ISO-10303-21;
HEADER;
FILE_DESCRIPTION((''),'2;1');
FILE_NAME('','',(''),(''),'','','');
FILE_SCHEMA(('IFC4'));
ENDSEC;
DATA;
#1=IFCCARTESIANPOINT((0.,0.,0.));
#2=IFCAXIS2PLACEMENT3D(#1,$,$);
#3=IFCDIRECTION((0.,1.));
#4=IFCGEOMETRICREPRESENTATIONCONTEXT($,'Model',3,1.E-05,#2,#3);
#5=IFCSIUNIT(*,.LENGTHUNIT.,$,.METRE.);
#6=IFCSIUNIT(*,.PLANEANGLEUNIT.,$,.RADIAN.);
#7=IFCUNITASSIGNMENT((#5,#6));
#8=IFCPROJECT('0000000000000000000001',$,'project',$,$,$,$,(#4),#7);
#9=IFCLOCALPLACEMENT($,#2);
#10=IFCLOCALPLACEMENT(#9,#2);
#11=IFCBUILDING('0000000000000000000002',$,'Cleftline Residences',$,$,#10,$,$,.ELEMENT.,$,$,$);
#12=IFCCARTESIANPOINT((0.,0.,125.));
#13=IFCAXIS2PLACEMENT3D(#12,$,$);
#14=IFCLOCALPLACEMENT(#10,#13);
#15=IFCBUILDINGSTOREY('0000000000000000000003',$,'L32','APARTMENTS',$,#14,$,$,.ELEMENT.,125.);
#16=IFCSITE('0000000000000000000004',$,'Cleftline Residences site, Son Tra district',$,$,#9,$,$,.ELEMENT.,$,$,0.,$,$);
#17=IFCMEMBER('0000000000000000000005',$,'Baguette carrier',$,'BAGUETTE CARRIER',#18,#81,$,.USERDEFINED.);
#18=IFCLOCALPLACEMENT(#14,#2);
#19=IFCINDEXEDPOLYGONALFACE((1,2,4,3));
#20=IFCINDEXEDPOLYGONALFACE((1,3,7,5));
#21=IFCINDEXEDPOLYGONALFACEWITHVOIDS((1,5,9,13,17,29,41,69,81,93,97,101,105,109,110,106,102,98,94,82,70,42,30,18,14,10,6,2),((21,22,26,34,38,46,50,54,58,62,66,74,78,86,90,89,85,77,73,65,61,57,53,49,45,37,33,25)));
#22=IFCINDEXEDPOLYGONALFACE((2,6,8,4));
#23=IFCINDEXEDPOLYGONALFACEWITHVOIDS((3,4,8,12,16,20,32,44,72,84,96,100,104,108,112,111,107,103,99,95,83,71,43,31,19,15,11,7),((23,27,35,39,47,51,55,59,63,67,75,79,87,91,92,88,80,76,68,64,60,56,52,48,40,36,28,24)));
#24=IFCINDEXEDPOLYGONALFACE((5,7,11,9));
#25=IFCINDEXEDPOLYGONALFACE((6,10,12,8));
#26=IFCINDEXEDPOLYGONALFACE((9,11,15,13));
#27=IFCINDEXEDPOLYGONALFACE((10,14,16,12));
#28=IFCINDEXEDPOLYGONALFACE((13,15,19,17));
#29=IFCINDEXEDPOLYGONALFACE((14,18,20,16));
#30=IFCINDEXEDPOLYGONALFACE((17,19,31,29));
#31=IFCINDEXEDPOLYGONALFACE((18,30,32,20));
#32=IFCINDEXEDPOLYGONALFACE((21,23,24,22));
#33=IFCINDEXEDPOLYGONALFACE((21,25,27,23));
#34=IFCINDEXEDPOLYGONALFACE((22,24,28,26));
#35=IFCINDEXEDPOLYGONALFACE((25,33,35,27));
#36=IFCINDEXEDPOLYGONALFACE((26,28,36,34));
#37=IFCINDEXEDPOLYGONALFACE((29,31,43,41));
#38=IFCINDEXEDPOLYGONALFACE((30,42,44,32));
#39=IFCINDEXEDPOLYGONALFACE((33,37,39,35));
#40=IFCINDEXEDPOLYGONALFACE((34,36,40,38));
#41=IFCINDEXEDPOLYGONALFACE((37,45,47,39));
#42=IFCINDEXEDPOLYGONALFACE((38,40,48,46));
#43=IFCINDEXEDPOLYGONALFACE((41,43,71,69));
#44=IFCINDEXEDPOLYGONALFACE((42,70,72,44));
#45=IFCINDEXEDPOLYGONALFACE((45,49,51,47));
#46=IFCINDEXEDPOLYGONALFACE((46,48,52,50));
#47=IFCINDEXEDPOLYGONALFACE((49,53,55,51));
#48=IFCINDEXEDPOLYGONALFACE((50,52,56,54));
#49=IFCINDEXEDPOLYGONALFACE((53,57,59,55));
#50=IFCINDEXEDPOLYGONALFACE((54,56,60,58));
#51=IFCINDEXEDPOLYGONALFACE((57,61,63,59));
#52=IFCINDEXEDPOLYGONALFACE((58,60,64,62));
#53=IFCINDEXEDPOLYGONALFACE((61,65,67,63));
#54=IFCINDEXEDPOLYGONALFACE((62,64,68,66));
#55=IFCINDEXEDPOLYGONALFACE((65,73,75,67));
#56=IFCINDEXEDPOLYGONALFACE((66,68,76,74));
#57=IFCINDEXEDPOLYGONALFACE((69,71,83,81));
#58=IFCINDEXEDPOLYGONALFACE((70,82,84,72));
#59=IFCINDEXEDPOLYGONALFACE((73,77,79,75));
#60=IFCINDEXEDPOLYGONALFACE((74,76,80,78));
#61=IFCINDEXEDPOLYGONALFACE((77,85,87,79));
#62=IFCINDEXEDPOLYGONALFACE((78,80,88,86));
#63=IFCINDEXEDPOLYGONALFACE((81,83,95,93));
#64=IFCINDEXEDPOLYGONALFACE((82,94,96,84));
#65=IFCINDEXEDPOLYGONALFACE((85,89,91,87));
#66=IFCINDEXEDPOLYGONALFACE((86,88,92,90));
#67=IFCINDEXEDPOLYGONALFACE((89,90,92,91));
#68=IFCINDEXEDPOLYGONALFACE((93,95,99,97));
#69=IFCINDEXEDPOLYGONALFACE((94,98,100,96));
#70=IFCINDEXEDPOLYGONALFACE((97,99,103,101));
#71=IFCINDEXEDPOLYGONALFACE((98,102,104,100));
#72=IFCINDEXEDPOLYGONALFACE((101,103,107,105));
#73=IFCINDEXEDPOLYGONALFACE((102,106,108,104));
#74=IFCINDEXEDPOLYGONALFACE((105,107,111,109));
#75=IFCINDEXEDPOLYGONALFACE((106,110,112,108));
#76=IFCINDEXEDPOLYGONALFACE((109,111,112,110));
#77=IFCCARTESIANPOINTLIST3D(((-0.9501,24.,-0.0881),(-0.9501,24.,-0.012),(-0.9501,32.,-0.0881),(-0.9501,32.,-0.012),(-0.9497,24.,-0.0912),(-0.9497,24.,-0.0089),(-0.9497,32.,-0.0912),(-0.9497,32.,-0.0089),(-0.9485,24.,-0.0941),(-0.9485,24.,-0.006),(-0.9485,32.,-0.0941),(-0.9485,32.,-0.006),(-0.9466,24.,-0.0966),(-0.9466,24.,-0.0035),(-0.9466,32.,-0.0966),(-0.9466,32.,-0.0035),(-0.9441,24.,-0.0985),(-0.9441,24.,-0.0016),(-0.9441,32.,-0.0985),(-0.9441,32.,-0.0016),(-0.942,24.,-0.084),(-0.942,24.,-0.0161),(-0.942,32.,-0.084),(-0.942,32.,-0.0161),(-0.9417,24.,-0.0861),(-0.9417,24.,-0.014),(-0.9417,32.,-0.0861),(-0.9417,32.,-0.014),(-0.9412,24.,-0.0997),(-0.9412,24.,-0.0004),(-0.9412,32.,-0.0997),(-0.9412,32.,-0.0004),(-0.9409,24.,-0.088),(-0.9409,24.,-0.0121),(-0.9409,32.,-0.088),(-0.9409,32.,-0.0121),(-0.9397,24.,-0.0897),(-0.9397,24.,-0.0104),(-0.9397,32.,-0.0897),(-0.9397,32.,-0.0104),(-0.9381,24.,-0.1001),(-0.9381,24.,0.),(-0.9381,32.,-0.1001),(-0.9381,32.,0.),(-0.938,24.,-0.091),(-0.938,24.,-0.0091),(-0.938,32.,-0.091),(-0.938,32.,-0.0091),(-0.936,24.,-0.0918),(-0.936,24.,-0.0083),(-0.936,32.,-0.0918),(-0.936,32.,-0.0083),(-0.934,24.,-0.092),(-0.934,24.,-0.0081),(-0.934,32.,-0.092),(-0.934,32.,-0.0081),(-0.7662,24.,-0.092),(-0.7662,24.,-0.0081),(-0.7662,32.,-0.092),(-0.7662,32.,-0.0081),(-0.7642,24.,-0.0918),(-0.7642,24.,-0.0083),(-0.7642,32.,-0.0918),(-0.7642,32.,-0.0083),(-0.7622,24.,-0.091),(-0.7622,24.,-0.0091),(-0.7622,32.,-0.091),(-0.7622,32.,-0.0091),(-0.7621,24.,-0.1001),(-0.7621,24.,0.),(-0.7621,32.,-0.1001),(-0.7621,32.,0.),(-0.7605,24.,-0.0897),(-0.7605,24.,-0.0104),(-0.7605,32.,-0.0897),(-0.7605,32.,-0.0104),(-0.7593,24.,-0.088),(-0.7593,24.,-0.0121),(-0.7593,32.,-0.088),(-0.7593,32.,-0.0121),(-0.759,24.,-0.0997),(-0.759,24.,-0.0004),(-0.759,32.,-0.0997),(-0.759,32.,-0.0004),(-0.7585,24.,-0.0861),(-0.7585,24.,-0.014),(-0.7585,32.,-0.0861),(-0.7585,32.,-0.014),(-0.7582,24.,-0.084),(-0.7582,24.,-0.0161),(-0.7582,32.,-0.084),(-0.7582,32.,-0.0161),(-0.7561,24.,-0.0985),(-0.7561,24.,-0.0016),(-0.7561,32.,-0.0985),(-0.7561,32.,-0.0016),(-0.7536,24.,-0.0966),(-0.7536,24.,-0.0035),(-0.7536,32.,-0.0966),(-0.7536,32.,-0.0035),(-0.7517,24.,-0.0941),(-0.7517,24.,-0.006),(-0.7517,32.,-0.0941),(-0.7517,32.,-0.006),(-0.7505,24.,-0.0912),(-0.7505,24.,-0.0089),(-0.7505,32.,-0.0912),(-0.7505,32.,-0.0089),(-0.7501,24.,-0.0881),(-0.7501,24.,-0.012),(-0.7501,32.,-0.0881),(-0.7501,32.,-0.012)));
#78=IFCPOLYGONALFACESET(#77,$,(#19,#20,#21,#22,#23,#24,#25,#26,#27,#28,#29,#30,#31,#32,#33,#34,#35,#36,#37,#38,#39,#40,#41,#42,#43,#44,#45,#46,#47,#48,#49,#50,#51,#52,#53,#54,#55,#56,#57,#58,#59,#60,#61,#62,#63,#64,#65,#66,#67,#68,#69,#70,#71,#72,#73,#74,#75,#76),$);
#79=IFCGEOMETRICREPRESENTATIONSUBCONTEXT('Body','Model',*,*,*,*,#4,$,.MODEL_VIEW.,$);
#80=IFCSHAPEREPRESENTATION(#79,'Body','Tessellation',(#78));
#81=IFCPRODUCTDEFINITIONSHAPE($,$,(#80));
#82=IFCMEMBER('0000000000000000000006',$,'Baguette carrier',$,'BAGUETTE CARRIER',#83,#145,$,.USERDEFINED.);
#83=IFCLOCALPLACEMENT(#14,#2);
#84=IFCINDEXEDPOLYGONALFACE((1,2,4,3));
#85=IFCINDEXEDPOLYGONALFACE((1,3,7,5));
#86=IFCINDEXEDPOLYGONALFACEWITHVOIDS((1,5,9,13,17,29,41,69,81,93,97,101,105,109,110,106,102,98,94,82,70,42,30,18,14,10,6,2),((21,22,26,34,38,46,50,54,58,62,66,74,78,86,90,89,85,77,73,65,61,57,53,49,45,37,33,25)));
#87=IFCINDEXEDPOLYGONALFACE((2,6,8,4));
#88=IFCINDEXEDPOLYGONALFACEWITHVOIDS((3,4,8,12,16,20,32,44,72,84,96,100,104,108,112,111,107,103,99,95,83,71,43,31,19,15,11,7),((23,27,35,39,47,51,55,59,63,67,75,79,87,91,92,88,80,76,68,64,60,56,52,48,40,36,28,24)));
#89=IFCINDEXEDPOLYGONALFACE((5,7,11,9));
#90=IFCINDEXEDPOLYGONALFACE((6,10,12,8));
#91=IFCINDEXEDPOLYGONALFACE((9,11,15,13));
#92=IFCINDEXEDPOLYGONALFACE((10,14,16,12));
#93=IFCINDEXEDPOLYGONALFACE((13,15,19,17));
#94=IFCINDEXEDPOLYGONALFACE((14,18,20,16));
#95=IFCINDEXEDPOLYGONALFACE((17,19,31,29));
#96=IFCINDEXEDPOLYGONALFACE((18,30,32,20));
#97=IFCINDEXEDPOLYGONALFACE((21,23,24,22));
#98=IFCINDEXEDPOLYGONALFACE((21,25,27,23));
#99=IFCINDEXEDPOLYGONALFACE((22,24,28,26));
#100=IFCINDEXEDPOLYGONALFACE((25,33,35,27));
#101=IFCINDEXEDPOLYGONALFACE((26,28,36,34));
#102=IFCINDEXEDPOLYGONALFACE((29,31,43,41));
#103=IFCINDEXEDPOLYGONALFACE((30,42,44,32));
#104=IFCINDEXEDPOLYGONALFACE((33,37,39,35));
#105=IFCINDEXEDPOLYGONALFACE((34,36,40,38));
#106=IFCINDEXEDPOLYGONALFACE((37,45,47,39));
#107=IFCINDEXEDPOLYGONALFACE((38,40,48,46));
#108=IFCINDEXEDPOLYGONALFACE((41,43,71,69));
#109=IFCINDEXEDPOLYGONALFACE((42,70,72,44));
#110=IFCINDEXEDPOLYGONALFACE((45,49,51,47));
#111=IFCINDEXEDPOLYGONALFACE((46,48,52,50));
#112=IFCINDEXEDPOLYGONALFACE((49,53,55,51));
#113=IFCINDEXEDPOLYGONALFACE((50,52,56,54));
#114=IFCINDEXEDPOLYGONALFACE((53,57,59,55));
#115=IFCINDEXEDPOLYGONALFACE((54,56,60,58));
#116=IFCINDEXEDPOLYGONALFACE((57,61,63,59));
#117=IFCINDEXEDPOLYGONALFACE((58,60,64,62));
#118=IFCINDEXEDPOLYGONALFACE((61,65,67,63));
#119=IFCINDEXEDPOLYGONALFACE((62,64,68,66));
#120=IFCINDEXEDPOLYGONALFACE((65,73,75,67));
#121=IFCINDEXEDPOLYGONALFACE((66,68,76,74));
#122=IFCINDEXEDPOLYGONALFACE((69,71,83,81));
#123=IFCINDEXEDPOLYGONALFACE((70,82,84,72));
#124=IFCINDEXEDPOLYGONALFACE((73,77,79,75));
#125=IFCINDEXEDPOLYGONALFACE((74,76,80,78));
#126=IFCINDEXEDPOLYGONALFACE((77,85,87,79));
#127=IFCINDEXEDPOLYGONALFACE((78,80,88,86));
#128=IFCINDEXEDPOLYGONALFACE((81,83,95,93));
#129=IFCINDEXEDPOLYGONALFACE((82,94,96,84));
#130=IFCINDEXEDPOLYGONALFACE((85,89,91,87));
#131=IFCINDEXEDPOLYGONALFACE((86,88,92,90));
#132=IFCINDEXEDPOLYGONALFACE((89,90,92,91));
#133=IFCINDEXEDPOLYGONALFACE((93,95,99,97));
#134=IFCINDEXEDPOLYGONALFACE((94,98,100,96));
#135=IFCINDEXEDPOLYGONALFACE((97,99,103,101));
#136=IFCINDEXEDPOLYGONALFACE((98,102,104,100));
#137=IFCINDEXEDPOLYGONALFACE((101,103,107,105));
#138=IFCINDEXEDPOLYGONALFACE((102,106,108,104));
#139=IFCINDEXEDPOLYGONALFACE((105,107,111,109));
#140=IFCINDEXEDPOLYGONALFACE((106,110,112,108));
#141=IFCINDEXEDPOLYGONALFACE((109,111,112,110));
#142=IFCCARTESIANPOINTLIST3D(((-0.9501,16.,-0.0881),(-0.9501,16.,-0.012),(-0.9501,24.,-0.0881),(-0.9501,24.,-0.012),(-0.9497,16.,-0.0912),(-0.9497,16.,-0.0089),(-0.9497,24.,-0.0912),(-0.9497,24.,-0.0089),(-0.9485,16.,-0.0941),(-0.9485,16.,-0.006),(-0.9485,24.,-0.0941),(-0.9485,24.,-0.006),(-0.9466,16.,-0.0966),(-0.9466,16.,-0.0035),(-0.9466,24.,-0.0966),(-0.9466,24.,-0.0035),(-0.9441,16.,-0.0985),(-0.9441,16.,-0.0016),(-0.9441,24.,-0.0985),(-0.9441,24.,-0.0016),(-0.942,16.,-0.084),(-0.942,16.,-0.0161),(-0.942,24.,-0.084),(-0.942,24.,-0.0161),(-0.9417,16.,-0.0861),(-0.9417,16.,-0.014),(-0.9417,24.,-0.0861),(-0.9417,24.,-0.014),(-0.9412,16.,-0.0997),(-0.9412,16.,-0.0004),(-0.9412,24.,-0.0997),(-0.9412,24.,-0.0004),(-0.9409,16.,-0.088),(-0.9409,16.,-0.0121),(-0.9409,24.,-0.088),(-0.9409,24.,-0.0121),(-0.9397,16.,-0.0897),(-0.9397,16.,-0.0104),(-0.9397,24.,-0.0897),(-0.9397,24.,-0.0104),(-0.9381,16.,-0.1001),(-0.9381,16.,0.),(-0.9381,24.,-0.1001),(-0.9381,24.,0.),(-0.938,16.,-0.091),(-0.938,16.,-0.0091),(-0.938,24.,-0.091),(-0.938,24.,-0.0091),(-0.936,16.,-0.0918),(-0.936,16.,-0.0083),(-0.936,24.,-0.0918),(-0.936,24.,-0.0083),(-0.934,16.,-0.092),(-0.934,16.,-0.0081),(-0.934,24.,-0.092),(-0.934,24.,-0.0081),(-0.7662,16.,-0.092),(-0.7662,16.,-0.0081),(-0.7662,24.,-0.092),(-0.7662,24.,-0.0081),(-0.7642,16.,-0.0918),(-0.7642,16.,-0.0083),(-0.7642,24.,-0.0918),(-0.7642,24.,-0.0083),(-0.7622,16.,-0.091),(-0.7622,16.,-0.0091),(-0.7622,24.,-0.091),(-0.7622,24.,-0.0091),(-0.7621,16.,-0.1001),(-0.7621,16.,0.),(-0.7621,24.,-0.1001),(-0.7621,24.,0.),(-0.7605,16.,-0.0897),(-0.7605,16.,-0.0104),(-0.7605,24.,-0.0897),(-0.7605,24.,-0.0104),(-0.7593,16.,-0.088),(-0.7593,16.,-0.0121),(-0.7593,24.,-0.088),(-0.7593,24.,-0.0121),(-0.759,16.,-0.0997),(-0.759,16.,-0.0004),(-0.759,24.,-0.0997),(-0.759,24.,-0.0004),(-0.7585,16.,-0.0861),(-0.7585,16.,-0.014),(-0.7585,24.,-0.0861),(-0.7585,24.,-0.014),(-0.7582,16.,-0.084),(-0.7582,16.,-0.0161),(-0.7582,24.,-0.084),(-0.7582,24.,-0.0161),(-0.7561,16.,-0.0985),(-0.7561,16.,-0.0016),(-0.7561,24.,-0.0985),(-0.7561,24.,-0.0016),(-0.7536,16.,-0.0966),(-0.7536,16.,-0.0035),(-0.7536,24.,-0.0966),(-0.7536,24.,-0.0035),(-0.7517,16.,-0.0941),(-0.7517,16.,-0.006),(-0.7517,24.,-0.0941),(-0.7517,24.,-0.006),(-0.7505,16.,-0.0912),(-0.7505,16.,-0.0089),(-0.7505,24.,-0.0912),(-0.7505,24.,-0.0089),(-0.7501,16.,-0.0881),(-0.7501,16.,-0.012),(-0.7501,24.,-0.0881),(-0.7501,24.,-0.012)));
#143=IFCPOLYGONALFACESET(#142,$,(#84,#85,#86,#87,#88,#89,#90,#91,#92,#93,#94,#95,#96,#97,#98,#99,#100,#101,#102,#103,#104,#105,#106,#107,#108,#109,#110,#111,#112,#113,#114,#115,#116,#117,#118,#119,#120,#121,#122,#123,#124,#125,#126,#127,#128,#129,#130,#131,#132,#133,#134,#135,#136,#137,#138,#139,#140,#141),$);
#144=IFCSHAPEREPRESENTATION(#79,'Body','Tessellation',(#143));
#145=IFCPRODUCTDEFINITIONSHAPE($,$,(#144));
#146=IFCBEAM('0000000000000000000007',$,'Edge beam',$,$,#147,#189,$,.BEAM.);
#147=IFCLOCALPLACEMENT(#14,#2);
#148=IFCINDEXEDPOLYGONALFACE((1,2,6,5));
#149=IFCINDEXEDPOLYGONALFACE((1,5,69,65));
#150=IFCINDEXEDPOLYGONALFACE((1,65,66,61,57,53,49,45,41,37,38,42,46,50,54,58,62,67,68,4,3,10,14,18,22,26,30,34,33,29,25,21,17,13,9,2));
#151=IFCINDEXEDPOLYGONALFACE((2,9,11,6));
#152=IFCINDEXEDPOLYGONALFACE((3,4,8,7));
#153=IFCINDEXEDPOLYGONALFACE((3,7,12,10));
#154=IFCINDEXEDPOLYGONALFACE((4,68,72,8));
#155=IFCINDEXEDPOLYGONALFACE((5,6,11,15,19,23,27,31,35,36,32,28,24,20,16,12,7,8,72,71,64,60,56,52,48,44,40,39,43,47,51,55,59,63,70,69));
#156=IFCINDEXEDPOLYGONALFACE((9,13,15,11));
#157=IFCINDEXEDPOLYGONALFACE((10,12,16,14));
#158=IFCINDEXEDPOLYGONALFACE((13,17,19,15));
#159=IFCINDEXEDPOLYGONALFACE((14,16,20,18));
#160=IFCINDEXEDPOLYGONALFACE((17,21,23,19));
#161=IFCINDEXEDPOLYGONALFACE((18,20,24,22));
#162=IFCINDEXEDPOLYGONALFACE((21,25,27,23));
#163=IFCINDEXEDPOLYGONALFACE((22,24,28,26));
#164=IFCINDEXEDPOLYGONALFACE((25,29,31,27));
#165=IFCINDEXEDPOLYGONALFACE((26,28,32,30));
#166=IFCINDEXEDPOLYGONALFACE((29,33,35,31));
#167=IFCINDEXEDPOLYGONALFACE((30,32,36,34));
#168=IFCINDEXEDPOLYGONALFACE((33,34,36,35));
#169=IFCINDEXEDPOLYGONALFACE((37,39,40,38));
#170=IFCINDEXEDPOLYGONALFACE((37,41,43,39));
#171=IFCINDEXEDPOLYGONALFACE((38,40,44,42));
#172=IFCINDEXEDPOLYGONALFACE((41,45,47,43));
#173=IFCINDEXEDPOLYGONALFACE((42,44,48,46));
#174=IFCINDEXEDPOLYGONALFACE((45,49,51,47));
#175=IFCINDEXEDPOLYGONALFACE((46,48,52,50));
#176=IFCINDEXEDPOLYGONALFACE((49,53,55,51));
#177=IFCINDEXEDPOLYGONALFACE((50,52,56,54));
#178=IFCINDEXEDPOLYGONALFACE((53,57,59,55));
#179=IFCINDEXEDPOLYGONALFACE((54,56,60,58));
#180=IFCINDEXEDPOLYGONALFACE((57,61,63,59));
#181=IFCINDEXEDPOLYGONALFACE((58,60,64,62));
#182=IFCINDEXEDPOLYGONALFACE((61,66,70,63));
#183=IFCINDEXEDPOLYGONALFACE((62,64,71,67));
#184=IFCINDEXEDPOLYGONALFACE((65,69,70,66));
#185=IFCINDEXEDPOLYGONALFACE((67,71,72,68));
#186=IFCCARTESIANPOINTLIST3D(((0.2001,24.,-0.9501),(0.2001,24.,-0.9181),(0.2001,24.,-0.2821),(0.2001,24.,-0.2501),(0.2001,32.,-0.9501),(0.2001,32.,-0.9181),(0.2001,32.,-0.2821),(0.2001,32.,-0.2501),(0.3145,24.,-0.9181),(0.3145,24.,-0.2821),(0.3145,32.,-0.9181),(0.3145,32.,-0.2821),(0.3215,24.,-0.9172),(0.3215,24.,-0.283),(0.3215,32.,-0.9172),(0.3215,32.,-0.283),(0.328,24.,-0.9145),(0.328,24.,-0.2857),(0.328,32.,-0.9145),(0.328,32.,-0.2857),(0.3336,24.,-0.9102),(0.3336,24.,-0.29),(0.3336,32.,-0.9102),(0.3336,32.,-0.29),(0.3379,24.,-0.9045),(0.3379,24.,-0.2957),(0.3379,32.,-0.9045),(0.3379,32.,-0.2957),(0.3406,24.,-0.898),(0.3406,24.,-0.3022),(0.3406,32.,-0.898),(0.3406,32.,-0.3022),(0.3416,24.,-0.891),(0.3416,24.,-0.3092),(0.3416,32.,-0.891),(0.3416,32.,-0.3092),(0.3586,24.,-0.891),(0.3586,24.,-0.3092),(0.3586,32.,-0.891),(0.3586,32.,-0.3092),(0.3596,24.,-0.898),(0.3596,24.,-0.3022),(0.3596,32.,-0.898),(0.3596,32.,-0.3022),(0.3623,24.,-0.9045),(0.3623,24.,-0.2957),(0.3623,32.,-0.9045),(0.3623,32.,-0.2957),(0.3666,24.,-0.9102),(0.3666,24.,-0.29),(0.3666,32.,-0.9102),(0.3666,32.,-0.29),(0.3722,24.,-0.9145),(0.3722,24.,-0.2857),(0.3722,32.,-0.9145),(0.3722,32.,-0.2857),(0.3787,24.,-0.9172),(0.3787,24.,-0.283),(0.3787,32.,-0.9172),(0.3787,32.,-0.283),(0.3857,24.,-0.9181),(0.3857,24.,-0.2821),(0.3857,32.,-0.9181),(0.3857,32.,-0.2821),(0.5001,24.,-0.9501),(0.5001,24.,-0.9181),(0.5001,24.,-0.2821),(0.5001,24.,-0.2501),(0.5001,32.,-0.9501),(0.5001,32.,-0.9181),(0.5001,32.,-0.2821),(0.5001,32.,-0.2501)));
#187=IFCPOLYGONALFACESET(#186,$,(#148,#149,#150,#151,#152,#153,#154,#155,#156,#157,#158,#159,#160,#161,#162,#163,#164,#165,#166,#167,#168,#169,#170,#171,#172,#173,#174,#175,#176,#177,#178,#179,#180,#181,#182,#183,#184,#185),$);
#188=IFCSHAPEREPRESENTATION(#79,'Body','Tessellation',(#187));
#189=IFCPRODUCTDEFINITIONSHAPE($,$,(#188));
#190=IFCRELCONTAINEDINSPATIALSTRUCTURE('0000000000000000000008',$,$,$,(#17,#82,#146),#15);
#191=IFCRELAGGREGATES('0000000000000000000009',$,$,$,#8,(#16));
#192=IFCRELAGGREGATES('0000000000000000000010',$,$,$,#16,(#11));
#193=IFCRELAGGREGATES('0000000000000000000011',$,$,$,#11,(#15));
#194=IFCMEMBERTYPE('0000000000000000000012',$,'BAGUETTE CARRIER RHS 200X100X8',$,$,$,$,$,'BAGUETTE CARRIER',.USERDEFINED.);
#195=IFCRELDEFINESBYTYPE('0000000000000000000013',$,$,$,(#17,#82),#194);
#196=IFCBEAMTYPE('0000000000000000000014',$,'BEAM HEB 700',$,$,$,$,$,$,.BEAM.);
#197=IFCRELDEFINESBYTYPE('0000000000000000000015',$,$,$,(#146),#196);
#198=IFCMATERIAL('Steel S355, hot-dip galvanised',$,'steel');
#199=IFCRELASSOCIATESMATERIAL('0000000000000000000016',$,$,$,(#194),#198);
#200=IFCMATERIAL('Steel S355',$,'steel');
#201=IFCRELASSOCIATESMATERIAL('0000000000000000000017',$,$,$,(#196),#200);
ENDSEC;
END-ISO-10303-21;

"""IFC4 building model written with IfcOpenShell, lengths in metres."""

from ifc_helpers import new_model, si_unit, direction, frame, origin, origin_2d, place, context, subcontext, project, spatial, hollow_rectangle, i_section, extrude, material, material_profile, profile_set, type_object, element, save


model = new_model("IFC4")

# Units and contexts
model_context = context("Model", 3, precision=1e-05, world=origin(), true_north=direction((0.0, 1.0)))
body_context = subcontext(model_context, "Body", "Model", "MODEL_VIEW")
ifc_project = project(units=[si_unit("LENGTHUNIT", "METRE"), si_unit("PLANEANGLEUNIT", "RADIAN")], contexts=[model_context])

# Site, building, storey
site_placement = place(None, origin())
site = spatial("IfcSite", under=ifc_project, at=site_placement, Name="Cleftline Residences site, Son Tra district", CompositionType="ELEMENT", RefElevation=0.0)
building_placement = place(site_placement, origin())
building = spatial("IfcBuilding", under=site, at=building_placement, Name="Cleftline Residences", CompositionType="ELEMENT")
storey_placement = place(building_placement, frame((0.0, 0.0, 125.0)))
storey = spatial("IfcBuildingStorey", under=building, at=storey_placement, Name="L32", Description="APARTMENTS", CompositionType="ELEMENT", Elevation=125.0)

# Members
ifc_material_1 = material(Name="Steel S355, hot-dip galvanised", Category="steel")
ifc_material_profile_1 = material_profile(ifc_material_1, hollow_rectangle(XDim=0.1001, YDim=0.2, WallThickness=0.0081, InnerFilletRadius=0.0081, OuterFilletRadius=0.012, at=origin_2d()))
ifc_profile_set_1 = profile_set([ifc_material_profile_1], Name="Steel S355, hot-dip galvanised")
member_type_1 = type_object("IfcMemberType", Name="BAGUETTE CARRIER RHS 200X100X8", ElementType="BAGUETTE CARRIER", PredefinedType="USERDEFINED", material=ifc_profile_set_1)
for number, where, z_axis, x_axis, name in (
    (1, (-0.8501, 32.0, -0.05), (0.0, -1.0, 0.0), (0.0, 0.0, 1.0), "Baguette carrier"),
    (2, (-0.8501, 24.0, -0.05), (0.0, -1.0, 0.0), (0.0, 0.0, 1.0), "Baguette carrier"),
):
    element("IfcMember", number, at=place(storey_placement, frame(where, z_axis=z_axis, x_axis=x_axis)), inside=storey, type_object=member_type_1, Name=name, ObjectType="BAGUETTE CARRIER", PredefinedType="USERDEFINED", context=body_context, shape_type="SweptSolid", body=[
        extrude(hollow_rectangle(XDim=0.1001, YDim=0.2, WallThickness=0.0081, InnerFilletRadius=0.0081, OuterFilletRadius=0.012, at=origin_2d()), origin(), (0.0, 0.0, 1.0), 8.0),
    ])

# Beam
ifc_material_2 = material(Name="Steel S355", Category="steel")
ifc_material_profile_2 = material_profile(ifc_material_2, i_section(OverallWidth=0.3, OverallDepth=0.7, WebThickness=0.0171, FlangeThickness=0.032, FilletRadius=0.0271, at=origin_2d()))
ifc_profile_set_2 = profile_set([ifc_material_profile_2], Name="Steel S355")
beam_type_1 = type_object("IfcBeamType", Name="BEAM HEB 700", PredefinedType="BEAM", material=ifc_profile_set_2)
for number, where, z_axis, x_axis, name in (
    (3, (0.3501, 24.0, -0.6001), (0.0, 1.0, 0.0), (-1.0, 0.0, 0.0), "Edge beam"),
):
    element("IfcBeam", number, at=place(storey_placement, frame(where, z_axis=z_axis, x_axis=x_axis)), inside=storey, type_object=beam_type_1, Name=name, PredefinedType="BEAM", context=body_context, shape_type="SweptSolid", body=[
        extrude(i_section(OverallWidth=0.3, OverallDepth=0.7, WebThickness=0.0171, FlangeThickness=0.032, FilletRadius=0.0271, at=origin_2d()), origin(), (0.0, 0.0, 1.0), 8.0),
    ])

save(model, "model.ifc")
